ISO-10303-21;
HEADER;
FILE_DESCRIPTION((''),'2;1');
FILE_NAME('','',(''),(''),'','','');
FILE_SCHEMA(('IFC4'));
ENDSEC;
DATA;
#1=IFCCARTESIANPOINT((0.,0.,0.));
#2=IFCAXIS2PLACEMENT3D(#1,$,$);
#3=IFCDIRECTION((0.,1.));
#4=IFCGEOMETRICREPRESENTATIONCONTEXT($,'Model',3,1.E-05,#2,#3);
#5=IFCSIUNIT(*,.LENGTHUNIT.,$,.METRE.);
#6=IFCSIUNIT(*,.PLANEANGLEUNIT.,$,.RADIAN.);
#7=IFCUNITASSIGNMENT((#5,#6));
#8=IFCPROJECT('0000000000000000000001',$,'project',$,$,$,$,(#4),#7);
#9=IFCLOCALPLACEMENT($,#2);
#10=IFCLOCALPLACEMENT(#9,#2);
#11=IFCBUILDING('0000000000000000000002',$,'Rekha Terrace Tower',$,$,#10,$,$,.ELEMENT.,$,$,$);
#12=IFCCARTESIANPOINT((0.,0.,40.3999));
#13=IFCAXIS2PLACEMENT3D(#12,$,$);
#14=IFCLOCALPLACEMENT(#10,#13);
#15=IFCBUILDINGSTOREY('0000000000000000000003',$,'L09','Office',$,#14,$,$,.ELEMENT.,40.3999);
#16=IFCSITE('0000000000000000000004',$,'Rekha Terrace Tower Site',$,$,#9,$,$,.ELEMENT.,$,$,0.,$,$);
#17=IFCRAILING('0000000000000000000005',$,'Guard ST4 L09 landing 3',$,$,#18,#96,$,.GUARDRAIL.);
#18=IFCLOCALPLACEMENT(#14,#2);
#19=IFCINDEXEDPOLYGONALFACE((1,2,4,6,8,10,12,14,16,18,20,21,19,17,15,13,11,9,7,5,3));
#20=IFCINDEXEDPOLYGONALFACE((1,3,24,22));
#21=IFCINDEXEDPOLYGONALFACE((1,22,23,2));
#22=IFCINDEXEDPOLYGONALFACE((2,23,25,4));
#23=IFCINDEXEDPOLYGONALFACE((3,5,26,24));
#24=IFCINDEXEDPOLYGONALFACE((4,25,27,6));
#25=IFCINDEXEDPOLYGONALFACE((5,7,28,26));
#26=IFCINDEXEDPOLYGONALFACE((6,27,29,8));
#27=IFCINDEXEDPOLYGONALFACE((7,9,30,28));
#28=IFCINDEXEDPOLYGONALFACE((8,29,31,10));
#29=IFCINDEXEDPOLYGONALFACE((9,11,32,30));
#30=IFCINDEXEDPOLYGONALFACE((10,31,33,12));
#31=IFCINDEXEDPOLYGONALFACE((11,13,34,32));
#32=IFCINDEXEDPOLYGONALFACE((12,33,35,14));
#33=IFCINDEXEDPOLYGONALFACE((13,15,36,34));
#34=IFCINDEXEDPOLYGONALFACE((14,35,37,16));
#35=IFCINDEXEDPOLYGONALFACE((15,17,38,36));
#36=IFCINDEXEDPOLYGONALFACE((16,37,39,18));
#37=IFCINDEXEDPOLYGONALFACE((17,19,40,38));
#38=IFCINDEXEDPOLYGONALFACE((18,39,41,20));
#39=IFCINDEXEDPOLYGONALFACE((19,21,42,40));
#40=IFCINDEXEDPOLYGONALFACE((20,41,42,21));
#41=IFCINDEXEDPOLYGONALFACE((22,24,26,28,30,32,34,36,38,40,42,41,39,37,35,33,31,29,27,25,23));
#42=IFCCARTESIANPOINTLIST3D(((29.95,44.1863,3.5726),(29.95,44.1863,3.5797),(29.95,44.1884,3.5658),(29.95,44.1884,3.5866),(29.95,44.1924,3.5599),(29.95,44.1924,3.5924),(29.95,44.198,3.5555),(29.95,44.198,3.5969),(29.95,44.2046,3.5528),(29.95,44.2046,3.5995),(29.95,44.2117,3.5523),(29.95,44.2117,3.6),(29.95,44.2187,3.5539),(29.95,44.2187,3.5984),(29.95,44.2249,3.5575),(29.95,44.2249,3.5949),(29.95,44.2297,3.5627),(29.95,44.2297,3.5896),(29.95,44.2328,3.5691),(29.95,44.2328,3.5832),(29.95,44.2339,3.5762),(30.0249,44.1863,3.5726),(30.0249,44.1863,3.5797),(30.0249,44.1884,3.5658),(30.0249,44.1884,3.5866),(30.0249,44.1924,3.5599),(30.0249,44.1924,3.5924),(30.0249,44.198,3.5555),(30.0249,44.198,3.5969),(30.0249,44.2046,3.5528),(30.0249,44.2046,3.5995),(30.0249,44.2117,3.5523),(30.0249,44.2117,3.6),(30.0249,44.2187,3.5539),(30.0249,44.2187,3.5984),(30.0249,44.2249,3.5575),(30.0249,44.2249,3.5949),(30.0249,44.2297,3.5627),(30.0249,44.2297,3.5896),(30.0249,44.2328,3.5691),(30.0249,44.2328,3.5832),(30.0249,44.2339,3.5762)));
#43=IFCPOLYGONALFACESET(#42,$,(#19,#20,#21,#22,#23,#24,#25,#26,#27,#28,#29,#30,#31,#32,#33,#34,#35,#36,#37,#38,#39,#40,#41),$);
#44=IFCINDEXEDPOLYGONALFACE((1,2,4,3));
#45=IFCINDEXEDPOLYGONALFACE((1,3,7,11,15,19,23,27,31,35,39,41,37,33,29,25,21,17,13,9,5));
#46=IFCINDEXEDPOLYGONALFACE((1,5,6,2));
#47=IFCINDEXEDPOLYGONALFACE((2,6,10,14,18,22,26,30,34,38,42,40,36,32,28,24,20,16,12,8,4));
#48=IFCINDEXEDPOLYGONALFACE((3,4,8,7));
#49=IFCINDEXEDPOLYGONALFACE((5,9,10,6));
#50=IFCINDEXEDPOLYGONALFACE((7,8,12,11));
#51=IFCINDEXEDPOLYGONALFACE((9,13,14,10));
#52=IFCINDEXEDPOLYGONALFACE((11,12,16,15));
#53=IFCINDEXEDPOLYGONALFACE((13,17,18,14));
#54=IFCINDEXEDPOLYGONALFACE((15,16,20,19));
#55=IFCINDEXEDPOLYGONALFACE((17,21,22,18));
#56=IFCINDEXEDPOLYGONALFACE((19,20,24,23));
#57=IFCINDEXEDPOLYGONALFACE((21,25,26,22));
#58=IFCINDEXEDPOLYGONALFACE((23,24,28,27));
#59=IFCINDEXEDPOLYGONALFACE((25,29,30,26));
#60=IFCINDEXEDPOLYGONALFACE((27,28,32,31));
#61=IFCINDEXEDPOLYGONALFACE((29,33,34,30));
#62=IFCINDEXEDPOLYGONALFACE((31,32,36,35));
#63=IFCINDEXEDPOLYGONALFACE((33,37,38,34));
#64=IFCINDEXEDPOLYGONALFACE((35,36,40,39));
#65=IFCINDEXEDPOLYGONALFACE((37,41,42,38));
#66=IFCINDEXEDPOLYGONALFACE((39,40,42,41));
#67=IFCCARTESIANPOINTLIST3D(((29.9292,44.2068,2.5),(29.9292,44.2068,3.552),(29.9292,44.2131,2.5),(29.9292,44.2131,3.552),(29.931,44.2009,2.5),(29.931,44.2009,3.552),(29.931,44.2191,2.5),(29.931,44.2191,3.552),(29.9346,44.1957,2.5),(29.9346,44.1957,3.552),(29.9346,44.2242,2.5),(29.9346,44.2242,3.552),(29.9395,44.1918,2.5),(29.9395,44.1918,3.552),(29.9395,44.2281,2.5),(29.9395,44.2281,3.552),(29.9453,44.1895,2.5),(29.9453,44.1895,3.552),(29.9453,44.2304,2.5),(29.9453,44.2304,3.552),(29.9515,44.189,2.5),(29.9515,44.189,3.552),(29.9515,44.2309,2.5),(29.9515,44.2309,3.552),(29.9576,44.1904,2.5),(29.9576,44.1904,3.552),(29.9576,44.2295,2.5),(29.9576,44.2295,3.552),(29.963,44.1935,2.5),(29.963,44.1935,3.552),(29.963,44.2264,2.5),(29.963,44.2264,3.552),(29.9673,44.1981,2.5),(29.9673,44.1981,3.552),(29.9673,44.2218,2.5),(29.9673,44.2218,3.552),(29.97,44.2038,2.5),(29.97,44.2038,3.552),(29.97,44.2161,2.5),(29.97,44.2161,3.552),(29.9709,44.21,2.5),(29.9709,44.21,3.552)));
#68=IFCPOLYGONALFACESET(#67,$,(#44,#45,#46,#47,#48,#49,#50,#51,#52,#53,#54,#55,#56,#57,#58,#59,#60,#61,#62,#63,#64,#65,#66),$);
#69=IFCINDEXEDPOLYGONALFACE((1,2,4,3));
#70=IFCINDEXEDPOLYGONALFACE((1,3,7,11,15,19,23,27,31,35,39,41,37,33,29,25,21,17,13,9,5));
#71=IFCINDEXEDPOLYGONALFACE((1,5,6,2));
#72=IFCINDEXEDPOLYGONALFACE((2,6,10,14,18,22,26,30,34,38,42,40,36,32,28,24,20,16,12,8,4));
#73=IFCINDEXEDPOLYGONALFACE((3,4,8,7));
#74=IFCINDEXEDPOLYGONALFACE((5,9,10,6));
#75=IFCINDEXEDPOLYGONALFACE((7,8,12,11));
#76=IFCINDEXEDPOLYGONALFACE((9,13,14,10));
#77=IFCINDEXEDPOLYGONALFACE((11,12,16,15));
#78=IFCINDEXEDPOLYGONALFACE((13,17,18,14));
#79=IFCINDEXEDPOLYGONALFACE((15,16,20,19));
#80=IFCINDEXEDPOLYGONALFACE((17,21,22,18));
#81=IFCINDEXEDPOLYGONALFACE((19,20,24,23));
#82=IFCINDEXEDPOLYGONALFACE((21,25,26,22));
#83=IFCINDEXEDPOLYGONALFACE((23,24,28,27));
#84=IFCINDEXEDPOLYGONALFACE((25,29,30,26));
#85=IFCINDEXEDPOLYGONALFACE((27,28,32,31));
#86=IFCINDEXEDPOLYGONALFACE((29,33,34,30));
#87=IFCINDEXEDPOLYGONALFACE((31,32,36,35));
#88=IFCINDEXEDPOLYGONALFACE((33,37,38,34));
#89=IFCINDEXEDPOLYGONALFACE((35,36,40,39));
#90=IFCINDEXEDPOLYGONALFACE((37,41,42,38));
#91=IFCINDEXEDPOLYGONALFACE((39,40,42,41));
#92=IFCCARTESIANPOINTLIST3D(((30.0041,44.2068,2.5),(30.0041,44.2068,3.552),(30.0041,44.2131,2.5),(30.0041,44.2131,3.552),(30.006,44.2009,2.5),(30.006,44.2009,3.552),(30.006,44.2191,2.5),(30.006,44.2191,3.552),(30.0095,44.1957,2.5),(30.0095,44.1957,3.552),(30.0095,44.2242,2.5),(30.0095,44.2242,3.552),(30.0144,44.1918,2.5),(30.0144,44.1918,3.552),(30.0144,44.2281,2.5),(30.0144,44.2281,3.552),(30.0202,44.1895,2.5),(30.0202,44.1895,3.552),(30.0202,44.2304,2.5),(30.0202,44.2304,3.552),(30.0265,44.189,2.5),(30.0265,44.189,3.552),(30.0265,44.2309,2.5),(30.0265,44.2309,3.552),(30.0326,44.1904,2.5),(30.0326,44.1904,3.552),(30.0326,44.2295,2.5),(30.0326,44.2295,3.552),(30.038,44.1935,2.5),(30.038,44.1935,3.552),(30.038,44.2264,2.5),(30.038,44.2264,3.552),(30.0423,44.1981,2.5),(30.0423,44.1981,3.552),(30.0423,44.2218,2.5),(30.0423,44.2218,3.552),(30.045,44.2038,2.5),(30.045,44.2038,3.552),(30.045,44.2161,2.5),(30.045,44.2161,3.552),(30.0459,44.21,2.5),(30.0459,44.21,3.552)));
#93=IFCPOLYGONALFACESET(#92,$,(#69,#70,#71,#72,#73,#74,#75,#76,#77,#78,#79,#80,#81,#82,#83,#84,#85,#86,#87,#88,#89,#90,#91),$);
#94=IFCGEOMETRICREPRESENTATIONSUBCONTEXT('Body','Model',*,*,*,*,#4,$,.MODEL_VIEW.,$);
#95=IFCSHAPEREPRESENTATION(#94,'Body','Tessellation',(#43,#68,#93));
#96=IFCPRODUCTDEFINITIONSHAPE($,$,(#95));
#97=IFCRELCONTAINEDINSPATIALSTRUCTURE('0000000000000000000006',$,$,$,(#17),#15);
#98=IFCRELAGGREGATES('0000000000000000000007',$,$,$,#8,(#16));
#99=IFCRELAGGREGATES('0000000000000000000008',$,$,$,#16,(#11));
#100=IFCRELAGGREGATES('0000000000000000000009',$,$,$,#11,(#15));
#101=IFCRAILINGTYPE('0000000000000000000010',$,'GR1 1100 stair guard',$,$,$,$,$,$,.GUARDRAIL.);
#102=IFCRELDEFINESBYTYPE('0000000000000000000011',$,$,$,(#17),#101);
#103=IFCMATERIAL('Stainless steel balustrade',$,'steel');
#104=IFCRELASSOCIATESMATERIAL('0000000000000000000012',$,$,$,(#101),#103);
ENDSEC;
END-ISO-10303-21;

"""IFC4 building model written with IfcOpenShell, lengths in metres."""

from ifc_helpers import new_model, si_unit, direction, frame, origin, origin_2d, place, context, subcontext, project, spatial, circle, extrude, material, type_object, element, save


model = new_model("IFC4")

# Units and contexts
model_context = context("Model", 3, precision=1e-05, world=origin(), true_north=direction((0.0, 1.0)))
body_context = subcontext(model_context, "Body", "Model", "MODEL_VIEW")
ifc_project = project(units=[si_unit("LENGTHUNIT", "METRE"), si_unit("PLANEANGLEUNIT", "RADIAN")], contexts=[model_context])

# Site, building, storey
site_placement = place(None, origin())
site = spatial("IfcSite", under=ifc_project, at=site_placement, Name="Rekha Terrace Tower Site", CompositionType="ELEMENT", RefElevation=0.0)
building_placement = place(site_placement, origin())
building = spatial("IfcBuilding", under=site, at=building_placement, Name="Rekha Terrace Tower", CompositionType="ELEMENT")
storey_placement = place(building_placement, frame((0.0, 0.0, 40.3999)))
storey = spatial("IfcBuildingStorey", under=building, at=storey_placement, Name="L09", Description="Office", CompositionType="ELEMENT", Elevation=40.3999)

# Railing
ifc_material_1 = material(Name="Stainless steel balustrade", Category="steel")
railing_type_1 = type_object("IfcRailingType", Name="GR1 1100 stair guard", PredefinedType="GUARDRAIL", material=ifc_material_1)
railing_1_placement = place(storey_placement, frame((29.95, 44.21, 2.5)))
element("IfcRailing", 1, at=railing_1_placement, inside=storey, type_object=railing_type_1, Name="Guard ST4 L09 landing 3", PredefinedType="GUARDRAIL", context=body_context, shape_type="SweptSolid", body=[
    extrude(circle(Radius=0.0239, at=origin_2d()), frame((0.0, 0.0, 1.0762), z_axis=(1.0, 0.0, 0.0), x_axis=(0.0, 1.0, 0.0)), (0.0, 0.0, 1.0), 0.075),
    extrude(circle(Radius=0.021, at=origin_2d()), origin(), (0.0, 0.0, 1.0), 1.052),
    extrude(circle(Radius=0.021, at=origin_2d()), frame((0.075, 0.0, 0.0)), (0.0, 0.0, 1.0), 1.052),
])

save(model, "model.ifc")
